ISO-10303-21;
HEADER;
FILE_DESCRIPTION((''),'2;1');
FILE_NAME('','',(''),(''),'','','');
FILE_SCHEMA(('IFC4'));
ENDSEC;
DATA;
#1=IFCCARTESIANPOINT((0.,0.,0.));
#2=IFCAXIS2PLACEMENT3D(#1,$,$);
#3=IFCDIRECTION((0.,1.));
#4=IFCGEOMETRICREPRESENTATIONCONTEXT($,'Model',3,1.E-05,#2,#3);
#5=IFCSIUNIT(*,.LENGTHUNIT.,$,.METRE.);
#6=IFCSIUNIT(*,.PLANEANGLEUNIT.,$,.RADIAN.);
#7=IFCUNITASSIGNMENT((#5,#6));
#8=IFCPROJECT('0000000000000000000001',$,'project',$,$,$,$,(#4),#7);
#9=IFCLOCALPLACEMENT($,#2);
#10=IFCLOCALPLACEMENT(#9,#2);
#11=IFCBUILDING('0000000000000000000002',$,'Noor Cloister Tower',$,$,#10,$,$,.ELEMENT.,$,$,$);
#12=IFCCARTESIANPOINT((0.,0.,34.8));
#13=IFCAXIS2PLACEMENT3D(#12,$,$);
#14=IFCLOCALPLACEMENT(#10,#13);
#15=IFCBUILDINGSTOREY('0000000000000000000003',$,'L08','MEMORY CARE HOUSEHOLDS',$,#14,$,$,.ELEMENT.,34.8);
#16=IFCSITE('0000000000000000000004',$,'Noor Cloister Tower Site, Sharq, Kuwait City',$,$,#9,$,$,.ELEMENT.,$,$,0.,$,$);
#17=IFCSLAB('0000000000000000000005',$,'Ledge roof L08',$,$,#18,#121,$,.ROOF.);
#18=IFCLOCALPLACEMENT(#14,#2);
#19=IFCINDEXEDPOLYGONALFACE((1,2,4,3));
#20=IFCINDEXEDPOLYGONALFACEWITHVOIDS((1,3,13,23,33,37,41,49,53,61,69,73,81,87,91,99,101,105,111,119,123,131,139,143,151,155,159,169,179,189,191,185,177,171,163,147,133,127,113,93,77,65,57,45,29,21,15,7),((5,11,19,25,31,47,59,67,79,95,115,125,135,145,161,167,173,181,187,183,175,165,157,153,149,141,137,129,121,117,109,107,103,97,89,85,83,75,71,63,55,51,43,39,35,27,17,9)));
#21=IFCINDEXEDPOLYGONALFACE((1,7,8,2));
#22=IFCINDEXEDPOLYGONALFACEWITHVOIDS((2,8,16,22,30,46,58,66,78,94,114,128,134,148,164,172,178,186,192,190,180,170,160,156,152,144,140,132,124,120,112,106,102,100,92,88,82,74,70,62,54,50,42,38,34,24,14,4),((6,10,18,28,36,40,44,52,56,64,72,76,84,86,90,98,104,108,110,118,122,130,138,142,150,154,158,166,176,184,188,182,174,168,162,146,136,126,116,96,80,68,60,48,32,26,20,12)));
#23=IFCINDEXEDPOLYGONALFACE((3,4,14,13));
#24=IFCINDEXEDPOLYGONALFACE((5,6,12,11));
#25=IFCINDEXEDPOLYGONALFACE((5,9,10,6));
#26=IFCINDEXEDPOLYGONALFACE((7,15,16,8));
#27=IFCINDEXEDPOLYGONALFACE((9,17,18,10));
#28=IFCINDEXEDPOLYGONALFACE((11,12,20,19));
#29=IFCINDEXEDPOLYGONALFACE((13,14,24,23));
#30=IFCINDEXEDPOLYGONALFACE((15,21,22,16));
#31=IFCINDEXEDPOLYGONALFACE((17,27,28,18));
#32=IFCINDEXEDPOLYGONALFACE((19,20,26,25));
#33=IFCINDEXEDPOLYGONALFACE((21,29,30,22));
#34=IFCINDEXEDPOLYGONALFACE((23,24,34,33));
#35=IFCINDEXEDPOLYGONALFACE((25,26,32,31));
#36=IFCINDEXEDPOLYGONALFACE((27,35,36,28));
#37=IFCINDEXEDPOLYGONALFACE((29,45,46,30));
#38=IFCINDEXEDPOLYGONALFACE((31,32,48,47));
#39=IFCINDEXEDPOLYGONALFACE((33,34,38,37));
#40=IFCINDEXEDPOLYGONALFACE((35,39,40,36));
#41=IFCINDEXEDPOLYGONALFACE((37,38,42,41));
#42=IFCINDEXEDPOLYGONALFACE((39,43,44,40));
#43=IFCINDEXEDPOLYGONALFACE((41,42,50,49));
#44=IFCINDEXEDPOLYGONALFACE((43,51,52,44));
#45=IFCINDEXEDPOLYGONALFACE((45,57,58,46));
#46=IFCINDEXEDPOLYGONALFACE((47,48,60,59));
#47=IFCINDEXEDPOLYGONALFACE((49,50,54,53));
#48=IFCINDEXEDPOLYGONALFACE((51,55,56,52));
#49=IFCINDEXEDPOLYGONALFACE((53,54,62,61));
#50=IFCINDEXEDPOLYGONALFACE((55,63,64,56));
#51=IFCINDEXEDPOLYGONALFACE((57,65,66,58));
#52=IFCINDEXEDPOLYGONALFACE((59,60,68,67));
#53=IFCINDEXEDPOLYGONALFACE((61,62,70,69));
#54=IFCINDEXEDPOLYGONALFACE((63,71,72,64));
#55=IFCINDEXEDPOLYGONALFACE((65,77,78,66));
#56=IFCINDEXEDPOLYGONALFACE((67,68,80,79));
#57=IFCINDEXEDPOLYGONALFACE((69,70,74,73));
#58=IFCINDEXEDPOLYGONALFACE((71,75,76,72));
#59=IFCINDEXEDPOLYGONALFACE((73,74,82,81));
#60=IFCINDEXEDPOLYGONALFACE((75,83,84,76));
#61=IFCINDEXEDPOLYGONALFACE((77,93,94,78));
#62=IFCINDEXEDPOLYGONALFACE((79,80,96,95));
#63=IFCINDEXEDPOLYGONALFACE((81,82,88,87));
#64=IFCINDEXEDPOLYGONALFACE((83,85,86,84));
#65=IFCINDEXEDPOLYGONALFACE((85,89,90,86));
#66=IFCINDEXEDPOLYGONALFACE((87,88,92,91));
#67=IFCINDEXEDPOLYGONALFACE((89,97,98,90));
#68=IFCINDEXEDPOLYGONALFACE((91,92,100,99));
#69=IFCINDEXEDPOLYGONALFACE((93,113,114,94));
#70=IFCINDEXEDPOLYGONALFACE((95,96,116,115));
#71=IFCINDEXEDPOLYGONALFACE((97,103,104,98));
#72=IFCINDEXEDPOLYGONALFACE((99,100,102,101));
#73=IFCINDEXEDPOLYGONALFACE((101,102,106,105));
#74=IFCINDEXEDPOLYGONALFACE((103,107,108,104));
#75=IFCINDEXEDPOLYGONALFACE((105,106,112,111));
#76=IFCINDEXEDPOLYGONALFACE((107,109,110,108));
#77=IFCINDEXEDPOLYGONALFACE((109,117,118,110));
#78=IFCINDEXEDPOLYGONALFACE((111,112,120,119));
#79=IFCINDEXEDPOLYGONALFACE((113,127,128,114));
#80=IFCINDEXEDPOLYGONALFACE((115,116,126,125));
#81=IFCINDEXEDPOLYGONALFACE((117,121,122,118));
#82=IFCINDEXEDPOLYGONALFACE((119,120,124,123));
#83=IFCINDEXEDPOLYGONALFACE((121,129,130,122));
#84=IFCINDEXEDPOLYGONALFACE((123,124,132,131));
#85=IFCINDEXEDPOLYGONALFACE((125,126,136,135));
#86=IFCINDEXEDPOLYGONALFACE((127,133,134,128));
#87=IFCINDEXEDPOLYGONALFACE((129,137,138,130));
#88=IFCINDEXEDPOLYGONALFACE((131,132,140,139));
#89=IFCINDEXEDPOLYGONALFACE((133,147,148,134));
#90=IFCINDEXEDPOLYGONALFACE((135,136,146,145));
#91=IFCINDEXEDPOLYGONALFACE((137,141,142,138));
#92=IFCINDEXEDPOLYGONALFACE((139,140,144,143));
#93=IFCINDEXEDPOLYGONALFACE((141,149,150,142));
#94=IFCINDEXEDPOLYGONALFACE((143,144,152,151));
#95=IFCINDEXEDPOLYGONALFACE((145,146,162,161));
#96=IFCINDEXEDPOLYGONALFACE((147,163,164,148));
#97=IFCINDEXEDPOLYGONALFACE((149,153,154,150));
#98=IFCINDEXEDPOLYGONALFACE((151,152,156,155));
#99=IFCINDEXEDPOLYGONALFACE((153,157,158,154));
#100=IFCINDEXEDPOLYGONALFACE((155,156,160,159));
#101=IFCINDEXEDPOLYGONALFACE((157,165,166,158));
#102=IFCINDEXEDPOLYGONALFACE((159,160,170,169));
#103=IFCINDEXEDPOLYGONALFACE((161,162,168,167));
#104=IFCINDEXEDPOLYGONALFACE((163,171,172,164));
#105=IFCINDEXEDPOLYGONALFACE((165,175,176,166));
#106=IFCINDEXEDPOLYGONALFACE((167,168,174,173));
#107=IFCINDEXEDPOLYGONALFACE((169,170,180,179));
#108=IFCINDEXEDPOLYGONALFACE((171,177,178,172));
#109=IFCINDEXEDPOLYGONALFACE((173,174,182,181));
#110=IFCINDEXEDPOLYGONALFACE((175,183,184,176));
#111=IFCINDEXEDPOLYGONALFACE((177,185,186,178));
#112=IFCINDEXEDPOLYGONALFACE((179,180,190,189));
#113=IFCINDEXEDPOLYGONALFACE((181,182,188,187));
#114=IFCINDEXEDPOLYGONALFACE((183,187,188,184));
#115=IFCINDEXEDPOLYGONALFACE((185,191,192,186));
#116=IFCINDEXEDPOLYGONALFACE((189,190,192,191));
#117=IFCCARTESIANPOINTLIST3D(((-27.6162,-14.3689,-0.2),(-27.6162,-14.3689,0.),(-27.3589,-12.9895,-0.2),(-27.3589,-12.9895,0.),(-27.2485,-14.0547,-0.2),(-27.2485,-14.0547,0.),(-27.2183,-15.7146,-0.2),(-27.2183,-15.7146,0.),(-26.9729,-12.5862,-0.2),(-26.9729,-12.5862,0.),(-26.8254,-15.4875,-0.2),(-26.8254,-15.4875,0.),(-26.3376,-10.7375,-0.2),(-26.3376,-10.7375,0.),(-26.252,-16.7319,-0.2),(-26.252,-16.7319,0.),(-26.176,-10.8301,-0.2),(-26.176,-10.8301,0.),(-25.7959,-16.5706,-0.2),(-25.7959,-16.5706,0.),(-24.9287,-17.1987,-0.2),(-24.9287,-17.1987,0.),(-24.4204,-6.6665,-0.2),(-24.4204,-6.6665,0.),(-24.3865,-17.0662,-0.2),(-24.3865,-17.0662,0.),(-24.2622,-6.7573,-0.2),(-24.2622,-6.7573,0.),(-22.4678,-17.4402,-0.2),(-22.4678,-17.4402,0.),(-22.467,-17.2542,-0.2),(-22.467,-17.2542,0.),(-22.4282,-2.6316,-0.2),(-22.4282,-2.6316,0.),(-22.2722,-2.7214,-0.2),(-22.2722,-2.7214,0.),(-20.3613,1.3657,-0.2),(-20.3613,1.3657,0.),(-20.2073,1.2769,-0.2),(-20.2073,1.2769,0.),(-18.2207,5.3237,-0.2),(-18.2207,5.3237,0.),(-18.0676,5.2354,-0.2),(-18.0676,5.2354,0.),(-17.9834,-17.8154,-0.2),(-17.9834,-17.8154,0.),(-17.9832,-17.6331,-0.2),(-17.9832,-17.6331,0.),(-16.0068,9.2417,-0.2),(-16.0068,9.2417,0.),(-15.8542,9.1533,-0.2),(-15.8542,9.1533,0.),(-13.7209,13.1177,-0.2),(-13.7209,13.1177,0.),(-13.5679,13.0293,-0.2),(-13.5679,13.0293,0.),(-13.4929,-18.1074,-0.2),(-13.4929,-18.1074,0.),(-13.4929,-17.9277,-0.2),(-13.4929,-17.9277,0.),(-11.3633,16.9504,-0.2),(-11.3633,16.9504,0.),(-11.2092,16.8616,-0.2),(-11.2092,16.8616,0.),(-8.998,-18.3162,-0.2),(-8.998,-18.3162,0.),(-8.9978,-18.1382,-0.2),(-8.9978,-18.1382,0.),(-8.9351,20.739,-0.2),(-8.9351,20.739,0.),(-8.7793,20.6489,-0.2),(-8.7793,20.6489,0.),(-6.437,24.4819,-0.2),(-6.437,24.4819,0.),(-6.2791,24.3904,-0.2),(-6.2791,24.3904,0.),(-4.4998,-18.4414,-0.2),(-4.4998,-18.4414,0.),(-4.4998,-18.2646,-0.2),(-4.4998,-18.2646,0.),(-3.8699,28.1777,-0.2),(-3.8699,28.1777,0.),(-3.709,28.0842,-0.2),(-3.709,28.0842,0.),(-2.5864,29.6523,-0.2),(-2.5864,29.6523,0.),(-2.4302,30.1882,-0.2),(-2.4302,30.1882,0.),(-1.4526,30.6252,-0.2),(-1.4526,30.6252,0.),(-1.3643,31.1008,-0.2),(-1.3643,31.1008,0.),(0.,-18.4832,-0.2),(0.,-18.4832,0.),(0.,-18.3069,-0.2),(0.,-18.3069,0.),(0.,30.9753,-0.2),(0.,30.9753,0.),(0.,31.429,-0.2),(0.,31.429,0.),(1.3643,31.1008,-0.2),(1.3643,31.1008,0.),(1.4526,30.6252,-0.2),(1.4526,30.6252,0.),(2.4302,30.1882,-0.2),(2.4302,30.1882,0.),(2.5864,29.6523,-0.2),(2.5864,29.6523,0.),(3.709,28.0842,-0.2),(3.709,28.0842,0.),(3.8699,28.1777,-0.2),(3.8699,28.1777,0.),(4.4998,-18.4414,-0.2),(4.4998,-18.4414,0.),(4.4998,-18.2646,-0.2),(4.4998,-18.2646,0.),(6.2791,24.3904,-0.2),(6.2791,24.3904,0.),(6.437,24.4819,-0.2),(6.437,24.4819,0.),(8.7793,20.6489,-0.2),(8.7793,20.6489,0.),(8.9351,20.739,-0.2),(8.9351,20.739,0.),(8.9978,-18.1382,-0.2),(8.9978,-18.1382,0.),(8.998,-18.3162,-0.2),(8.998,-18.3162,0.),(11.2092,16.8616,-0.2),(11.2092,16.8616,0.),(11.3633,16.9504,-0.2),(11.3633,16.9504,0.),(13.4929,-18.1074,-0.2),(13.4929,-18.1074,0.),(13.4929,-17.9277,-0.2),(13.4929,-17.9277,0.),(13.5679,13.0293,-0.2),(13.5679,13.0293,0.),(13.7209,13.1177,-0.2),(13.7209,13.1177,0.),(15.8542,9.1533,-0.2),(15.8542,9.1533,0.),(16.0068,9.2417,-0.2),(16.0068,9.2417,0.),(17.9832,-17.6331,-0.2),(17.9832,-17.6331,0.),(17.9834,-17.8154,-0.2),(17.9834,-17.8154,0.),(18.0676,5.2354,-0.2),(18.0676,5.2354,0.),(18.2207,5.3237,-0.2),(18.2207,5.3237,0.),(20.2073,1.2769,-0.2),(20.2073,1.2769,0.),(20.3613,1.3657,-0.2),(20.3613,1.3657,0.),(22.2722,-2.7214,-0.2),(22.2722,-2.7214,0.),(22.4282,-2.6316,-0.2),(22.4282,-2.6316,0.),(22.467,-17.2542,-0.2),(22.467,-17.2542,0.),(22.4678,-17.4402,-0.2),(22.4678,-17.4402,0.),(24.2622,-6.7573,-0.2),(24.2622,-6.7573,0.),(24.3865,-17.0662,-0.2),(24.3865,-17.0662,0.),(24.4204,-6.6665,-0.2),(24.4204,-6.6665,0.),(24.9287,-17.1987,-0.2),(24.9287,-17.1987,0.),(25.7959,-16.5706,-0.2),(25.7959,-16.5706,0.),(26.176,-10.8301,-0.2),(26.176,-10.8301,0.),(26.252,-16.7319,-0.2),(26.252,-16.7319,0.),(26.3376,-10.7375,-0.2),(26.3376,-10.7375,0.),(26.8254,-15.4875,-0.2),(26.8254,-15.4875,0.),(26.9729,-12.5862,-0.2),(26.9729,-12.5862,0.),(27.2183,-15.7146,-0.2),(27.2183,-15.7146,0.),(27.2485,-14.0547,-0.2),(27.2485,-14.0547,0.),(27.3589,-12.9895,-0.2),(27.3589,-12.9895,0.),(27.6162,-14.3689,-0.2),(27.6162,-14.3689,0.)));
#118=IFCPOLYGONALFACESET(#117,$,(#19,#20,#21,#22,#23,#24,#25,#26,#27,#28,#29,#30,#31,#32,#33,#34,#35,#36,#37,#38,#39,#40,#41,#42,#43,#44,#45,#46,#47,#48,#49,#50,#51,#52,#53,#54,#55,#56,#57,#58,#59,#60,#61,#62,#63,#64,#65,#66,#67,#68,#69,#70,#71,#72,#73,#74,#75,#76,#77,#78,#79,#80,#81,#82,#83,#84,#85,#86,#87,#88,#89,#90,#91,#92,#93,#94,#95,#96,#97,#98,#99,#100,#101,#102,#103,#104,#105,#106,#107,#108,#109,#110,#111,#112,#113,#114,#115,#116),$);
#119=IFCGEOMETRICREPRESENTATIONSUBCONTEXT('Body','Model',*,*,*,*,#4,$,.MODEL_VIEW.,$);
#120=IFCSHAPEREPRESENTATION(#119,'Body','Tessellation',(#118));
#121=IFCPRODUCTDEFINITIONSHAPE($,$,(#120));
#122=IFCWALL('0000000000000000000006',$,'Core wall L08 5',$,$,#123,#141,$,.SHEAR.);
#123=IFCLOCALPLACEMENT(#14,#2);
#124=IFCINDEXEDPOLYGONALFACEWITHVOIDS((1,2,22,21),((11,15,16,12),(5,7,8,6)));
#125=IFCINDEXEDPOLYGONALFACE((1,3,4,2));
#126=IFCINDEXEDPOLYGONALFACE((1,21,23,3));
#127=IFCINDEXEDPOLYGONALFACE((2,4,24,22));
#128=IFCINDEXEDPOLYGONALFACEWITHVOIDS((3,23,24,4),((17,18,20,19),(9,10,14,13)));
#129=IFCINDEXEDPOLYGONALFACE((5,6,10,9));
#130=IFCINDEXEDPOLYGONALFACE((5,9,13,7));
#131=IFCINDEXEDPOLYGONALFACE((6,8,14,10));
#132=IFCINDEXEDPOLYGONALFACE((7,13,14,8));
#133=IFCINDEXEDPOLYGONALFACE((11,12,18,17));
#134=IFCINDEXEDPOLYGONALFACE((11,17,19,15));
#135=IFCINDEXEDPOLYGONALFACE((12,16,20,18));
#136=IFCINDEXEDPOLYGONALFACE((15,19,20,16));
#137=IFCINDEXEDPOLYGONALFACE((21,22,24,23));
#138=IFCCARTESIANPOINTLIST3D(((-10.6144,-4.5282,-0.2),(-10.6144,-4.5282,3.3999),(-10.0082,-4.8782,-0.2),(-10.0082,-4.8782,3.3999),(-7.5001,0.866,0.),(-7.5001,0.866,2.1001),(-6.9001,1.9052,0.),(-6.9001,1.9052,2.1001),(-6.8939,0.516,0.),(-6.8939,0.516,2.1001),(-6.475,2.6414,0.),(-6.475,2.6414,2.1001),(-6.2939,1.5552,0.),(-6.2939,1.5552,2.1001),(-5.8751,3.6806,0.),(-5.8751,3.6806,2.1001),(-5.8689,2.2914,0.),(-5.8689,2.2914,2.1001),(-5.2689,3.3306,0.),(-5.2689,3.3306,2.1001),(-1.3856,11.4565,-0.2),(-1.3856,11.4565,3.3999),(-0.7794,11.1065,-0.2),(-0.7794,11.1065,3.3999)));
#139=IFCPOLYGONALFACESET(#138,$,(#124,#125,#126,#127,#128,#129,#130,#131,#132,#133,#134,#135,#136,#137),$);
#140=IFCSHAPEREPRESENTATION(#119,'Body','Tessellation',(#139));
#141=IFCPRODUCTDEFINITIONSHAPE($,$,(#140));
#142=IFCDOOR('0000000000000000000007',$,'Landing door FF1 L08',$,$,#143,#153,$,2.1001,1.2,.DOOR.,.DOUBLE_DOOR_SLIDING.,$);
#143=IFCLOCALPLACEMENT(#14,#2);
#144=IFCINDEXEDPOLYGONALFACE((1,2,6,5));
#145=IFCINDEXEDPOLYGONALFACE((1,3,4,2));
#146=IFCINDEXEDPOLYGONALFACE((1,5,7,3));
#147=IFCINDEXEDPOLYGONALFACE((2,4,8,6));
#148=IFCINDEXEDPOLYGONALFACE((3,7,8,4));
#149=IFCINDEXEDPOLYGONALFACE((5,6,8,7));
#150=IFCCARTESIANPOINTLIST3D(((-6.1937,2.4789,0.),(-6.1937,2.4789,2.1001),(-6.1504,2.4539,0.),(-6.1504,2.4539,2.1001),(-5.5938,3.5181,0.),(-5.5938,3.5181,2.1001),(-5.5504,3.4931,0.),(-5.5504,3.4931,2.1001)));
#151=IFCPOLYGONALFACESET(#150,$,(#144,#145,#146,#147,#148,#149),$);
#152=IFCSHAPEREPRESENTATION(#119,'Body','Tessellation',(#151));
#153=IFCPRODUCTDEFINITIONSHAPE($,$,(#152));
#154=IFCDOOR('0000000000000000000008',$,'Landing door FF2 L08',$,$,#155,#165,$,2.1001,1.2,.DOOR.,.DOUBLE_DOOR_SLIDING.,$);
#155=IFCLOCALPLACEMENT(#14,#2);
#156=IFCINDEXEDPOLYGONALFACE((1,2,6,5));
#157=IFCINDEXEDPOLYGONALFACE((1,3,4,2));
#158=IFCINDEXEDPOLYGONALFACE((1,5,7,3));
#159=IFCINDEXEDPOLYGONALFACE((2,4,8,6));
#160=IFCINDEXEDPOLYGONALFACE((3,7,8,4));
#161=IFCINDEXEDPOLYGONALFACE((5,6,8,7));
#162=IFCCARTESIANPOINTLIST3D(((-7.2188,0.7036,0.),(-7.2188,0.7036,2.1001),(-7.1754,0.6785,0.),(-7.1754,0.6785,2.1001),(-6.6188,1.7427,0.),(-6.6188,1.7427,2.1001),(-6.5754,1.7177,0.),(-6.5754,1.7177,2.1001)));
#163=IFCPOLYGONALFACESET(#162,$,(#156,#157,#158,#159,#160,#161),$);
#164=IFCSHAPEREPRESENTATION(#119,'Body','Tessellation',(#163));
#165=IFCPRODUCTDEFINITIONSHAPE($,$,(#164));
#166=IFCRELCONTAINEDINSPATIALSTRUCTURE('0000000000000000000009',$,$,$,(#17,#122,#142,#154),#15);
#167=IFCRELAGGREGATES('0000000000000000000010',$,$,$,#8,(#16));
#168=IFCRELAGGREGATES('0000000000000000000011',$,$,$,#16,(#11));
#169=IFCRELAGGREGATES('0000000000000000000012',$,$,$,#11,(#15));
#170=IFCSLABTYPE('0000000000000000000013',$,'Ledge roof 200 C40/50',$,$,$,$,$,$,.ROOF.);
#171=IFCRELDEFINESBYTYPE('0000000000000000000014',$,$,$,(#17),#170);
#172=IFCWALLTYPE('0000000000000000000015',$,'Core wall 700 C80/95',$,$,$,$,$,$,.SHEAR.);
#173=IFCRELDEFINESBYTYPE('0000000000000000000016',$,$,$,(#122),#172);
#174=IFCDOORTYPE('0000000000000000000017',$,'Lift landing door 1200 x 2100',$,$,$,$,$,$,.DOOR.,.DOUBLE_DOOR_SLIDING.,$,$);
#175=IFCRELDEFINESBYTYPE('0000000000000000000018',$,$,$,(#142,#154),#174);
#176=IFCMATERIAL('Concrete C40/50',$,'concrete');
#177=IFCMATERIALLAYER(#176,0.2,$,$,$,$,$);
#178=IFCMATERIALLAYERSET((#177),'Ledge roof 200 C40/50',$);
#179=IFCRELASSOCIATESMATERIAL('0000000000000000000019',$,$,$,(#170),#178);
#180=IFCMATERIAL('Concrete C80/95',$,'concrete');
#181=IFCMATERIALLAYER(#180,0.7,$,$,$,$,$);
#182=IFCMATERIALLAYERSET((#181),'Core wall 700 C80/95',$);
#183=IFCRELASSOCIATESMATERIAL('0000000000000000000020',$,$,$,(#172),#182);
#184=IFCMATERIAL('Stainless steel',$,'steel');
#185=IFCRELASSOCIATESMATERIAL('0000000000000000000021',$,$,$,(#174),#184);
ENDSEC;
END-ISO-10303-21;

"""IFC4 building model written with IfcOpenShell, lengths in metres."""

from ifc_helpers import new_model, si_unit, direction, frame, frame_2d, origin, place, context, subcontext, project, spatial, polyline, rectangle, outline, extrude, material, layer, layer_set, type_object, element, fill, save


model = new_model("IFC4")

# Units and contexts
model_context = context("Model", 3, precision=1e-05, world=origin(), true_north=direction((0.0, 1.0)))
body_context = subcontext(model_context, "Body", "Model", "MODEL_VIEW")
ifc_project = project(units=[si_unit("LENGTHUNIT", "METRE"), si_unit("PLANEANGLEUNIT", "RADIAN")], contexts=[model_context])

# Site, building, storey
site_placement = place(None, origin())
site = spatial("IfcSite", under=ifc_project, at=site_placement, Name="Noor Cloister Tower Site, Sharq, Kuwait City", CompositionType="ELEMENT", RefElevation=0.0)
building_placement = place(site_placement, origin())
building = spatial("IfcBuilding", under=site, at=building_placement, Name="Noor Cloister Tower", CompositionType="ELEMENT")
storey_placement = place(building_placement, frame((0.0, 0.0, 34.8)))
storey = spatial("IfcBuildingStorey", under=building, at=storey_placement, Name="L08", Description="MEMORY CARE HOUSEHOLDS", CompositionType="ELEMENT", Elevation=34.8)

# Slab
ifc_material_1 = material(Name="Concrete C40/50", Category="concrete")
ifc_layer_1 = layer(ifc_material_1, 0.2)
ifc_layer_set_1 = layer_set([ifc_layer_1], Name="Ledge roof 200 C40/50")
slab_type_1 = type_object("IfcSlabType", Name="Ledge roof 200 C40/50", PredefinedType="ROOF", material=ifc_layer_set_1)
slab_1_placement = place(storey_placement, frame((0.0, 0.0, -0.2)))
element("IfcSlab", 1, at=slab_1_placement, inside=storey, type_object=slab_type_1, Name="Ledge roof L08", PredefinedType="ROOF", context=body_context, shape_type="SweptSolid", body=[
    extrude(outline(polyline([(3.8699, 28.1777), (2.4302, 30.1882), (1.3643, 31.1008), (0.0, 31.429), (-1.3643, 31.1008), (-2.4302, 30.1882), (-3.8699, 28.1777), (-6.437, 24.4819), (-8.9351, 20.739), (-11.3633, 16.9504), (-13.7209, 13.1177), (-16.0068, 9.2417), (-18.2207, 5.3237), (-20.3613, 1.3657), (-22.4282, -2.6316), (-24.4204, -6.6665), (-26.3376, -10.7375), (-27.3589, -12.9895), (-27.6162, -14.3689), (-27.2183, -15.7146), (-26.252, -16.7319), (-24.9287, -17.1987), (-22.4678, -17.4402), (-17.9834, -17.8154), (-13.4929, -18.1074), (-8.998, -18.3162), (-4.4998, -18.4414), (0.0, -18.4832), (4.4998, -18.4414), (8.998, -18.3162), (13.4929, -18.1074), (17.9834, -17.8154), (22.4678, -17.4402), (24.9287, -17.1987), (26.252, -16.7319), (27.2183, -15.7146), (27.6162, -14.3689), (27.3589, -12.9895), (26.3376, -10.7375), (24.4204, -6.6665), (22.4282, -2.6316), (20.3613, 1.3657), (18.2207, 5.3237), (16.0068, 9.2417), (13.7209, 13.1177), (11.3633, 16.9504), (8.9351, 20.739), (6.437, 24.4819), (3.8699, 28.1777)]), holes=[polyline([(0.0, 30.9753), (-1.4526, 30.6252), (-2.5864, 29.6523), (-3.709, 28.0842), (-6.2791, 24.3904), (-8.7793, 20.6489), (-11.2092, 16.8616), (-13.5679, 13.0293), (-15.8542, 9.1533), (-18.0676, 5.2354), (-20.2073, 1.2769), (-22.2722, -2.7214), (-24.2622, -6.7573), (-26.176, -10.8301), (-26.9729, -12.5862), (-27.2485, -14.0547), (-26.8254, -15.4875), (-25.7959, -16.5706), (-24.3865, -17.0662), (-22.467, -17.2542), (-17.9832, -17.6331), (-13.4929, -17.9277), (-8.9978, -18.1382), (-4.4998, -18.2646), (0.0, -18.3069), (4.4998, -18.2646), (8.9978, -18.1382), (13.4929, -17.9277), (17.9832, -17.6331), (22.467, -17.2542), (24.3865, -17.0662), (25.7959, -16.5706), (26.8254, -15.4875), (27.2485, -14.0547), (26.9729, -12.5862), (26.176, -10.8301), (24.2622, -6.7573), (22.2722, -2.7214), (20.2073, 1.2769), (18.0676, 5.2354), (15.8542, 9.1533), (13.5679, 13.0293), (11.2092, 16.8616), (8.7793, 20.6489), (6.2791, 24.3904), (3.709, 28.0842), (2.5864, 29.6523), (1.4526, 30.6252), (0.0, 30.9753)])]), origin(), (0.0, 0.0, 1.0), 0.2),
])

# Wall, openings, doors
ifc_material_2 = material(Name="Concrete C80/95", Category="concrete")
ifc_layer_2 = layer(ifc_material_2, 0.7)
ifc_layer_set_2 = layer_set([ifc_layer_2], Name="Core wall 700 C80/95")
wall_type_1 = type_object("IfcWallType", Name="Core wall 700 C80/95", PredefinedType="SHEAR", material=ifc_layer_set_2)
wall_1_placement = place(storey_placement, frame((-1.0825, 11.2815, -0.2), z_axis=(0.0, 0.0, 1.0), x_axis=(-0.500001, -0.866025, 0.0)))
wall_1 = element("IfcWall", 2, at=wall_1_placement, inside=storey, type_object=wall_type_1, Name="Core wall L08 5", PredefinedType="SHEAR", context=body_context, shape_type="SweptSolid", body=[
    extrude(rectangle(XDim=18.4575, YDim=0.7, at=frame_2d((9.2288, 0.0))), origin(), (0.0, 0.0, 1.0), 3.5999),
])
opening_1_placement = place(wall_1_placement, frame((8.9788, 0.0, 0.2)))
opening_1 = element("IfcOpeningElement", 3, at=opening_1_placement, cuts=wall_1, PredefinedType="OPENING", context=body_context, shape_type="SweptSolid", body=[
    extrude(rectangle(XDim=1.2, YDim=2.1001, at=frame_2d((0.6001, 1.05))), frame((0.0, 0.3599, 0.0), z_axis=(0.0, -1.0, 0.0), x_axis=(1.0, 0.0, 0.0)), (0.0, 0.0, 1.0), 0.72),
])
opening_2_placement = place(wall_1_placement, frame((11.0288, 0.0, 0.2)))
opening_2 = element("IfcOpeningElement", 4, at=opening_2_placement, cuts=wall_1, PredefinedType="OPENING", context=body_context, shape_type="SweptSolid", body=[
    extrude(rectangle(XDim=1.2, YDim=2.1001, at=frame_2d((0.6001, 1.05))), frame((0.0, 0.3599, 0.0), z_axis=(0.0, -1.0, 0.0), x_axis=(1.0, 0.0, 0.0)), (0.0, 0.0, 1.0), 0.72),
])
ifc_material_3 = material(Name="Stainless steel", Category="steel")
door_type_1 = type_object("IfcDoorType", Name="Lift landing door 1200 x 2100", OperationType="DOUBLE_DOOR_SLIDING", PredefinedType="DOOR", material=ifc_material_3)
door_1_placement = place(opening_1_placement, origin())
door_1 = element("IfcDoor", 5, at=door_1_placement, inside=storey, type_object=door_type_1, Name="Landing door FF1 L08", OperationType="DOUBLE_DOOR_SLIDING", OverallHeight=2.1001, OverallWidth=1.2, PredefinedType="DOOR", context=body_context, shape_type="SweptSolid", body=[
    extrude(rectangle(XDim=1.2, YDim=2.1001, at=frame_2d((0.6001, 1.05))), frame((0.0, 0.0249, 0.0), z_axis=(0.0, -1.0, 0.0), x_axis=(1.0, 0.0, 0.0)), (0.0, 0.0, 1.0), 0.05),
])
fill(opening_1, door_1)
door_2_placement = place(opening_2_placement, origin())
door_2 = element("IfcDoor", 6, at=door_2_placement, inside=storey, type_object=door_type_1, Name="Landing door FF2 L08", OperationType="DOUBLE_DOOR_SLIDING", OverallHeight=2.1001, OverallWidth=1.2, PredefinedType="DOOR", context=body_context, shape_type="SweptSolid", body=[
    extrude(rectangle(XDim=1.2, YDim=2.1001, at=frame_2d((0.6001, 1.05))), frame((0.0, 0.0249, 0.0), z_axis=(0.0, -1.0, 0.0), x_axis=(1.0, 0.0, 0.0)), (0.0, 0.0, 1.0), 0.05),
])
fill(opening_2, door_2)

save(model, "model.ifc")
